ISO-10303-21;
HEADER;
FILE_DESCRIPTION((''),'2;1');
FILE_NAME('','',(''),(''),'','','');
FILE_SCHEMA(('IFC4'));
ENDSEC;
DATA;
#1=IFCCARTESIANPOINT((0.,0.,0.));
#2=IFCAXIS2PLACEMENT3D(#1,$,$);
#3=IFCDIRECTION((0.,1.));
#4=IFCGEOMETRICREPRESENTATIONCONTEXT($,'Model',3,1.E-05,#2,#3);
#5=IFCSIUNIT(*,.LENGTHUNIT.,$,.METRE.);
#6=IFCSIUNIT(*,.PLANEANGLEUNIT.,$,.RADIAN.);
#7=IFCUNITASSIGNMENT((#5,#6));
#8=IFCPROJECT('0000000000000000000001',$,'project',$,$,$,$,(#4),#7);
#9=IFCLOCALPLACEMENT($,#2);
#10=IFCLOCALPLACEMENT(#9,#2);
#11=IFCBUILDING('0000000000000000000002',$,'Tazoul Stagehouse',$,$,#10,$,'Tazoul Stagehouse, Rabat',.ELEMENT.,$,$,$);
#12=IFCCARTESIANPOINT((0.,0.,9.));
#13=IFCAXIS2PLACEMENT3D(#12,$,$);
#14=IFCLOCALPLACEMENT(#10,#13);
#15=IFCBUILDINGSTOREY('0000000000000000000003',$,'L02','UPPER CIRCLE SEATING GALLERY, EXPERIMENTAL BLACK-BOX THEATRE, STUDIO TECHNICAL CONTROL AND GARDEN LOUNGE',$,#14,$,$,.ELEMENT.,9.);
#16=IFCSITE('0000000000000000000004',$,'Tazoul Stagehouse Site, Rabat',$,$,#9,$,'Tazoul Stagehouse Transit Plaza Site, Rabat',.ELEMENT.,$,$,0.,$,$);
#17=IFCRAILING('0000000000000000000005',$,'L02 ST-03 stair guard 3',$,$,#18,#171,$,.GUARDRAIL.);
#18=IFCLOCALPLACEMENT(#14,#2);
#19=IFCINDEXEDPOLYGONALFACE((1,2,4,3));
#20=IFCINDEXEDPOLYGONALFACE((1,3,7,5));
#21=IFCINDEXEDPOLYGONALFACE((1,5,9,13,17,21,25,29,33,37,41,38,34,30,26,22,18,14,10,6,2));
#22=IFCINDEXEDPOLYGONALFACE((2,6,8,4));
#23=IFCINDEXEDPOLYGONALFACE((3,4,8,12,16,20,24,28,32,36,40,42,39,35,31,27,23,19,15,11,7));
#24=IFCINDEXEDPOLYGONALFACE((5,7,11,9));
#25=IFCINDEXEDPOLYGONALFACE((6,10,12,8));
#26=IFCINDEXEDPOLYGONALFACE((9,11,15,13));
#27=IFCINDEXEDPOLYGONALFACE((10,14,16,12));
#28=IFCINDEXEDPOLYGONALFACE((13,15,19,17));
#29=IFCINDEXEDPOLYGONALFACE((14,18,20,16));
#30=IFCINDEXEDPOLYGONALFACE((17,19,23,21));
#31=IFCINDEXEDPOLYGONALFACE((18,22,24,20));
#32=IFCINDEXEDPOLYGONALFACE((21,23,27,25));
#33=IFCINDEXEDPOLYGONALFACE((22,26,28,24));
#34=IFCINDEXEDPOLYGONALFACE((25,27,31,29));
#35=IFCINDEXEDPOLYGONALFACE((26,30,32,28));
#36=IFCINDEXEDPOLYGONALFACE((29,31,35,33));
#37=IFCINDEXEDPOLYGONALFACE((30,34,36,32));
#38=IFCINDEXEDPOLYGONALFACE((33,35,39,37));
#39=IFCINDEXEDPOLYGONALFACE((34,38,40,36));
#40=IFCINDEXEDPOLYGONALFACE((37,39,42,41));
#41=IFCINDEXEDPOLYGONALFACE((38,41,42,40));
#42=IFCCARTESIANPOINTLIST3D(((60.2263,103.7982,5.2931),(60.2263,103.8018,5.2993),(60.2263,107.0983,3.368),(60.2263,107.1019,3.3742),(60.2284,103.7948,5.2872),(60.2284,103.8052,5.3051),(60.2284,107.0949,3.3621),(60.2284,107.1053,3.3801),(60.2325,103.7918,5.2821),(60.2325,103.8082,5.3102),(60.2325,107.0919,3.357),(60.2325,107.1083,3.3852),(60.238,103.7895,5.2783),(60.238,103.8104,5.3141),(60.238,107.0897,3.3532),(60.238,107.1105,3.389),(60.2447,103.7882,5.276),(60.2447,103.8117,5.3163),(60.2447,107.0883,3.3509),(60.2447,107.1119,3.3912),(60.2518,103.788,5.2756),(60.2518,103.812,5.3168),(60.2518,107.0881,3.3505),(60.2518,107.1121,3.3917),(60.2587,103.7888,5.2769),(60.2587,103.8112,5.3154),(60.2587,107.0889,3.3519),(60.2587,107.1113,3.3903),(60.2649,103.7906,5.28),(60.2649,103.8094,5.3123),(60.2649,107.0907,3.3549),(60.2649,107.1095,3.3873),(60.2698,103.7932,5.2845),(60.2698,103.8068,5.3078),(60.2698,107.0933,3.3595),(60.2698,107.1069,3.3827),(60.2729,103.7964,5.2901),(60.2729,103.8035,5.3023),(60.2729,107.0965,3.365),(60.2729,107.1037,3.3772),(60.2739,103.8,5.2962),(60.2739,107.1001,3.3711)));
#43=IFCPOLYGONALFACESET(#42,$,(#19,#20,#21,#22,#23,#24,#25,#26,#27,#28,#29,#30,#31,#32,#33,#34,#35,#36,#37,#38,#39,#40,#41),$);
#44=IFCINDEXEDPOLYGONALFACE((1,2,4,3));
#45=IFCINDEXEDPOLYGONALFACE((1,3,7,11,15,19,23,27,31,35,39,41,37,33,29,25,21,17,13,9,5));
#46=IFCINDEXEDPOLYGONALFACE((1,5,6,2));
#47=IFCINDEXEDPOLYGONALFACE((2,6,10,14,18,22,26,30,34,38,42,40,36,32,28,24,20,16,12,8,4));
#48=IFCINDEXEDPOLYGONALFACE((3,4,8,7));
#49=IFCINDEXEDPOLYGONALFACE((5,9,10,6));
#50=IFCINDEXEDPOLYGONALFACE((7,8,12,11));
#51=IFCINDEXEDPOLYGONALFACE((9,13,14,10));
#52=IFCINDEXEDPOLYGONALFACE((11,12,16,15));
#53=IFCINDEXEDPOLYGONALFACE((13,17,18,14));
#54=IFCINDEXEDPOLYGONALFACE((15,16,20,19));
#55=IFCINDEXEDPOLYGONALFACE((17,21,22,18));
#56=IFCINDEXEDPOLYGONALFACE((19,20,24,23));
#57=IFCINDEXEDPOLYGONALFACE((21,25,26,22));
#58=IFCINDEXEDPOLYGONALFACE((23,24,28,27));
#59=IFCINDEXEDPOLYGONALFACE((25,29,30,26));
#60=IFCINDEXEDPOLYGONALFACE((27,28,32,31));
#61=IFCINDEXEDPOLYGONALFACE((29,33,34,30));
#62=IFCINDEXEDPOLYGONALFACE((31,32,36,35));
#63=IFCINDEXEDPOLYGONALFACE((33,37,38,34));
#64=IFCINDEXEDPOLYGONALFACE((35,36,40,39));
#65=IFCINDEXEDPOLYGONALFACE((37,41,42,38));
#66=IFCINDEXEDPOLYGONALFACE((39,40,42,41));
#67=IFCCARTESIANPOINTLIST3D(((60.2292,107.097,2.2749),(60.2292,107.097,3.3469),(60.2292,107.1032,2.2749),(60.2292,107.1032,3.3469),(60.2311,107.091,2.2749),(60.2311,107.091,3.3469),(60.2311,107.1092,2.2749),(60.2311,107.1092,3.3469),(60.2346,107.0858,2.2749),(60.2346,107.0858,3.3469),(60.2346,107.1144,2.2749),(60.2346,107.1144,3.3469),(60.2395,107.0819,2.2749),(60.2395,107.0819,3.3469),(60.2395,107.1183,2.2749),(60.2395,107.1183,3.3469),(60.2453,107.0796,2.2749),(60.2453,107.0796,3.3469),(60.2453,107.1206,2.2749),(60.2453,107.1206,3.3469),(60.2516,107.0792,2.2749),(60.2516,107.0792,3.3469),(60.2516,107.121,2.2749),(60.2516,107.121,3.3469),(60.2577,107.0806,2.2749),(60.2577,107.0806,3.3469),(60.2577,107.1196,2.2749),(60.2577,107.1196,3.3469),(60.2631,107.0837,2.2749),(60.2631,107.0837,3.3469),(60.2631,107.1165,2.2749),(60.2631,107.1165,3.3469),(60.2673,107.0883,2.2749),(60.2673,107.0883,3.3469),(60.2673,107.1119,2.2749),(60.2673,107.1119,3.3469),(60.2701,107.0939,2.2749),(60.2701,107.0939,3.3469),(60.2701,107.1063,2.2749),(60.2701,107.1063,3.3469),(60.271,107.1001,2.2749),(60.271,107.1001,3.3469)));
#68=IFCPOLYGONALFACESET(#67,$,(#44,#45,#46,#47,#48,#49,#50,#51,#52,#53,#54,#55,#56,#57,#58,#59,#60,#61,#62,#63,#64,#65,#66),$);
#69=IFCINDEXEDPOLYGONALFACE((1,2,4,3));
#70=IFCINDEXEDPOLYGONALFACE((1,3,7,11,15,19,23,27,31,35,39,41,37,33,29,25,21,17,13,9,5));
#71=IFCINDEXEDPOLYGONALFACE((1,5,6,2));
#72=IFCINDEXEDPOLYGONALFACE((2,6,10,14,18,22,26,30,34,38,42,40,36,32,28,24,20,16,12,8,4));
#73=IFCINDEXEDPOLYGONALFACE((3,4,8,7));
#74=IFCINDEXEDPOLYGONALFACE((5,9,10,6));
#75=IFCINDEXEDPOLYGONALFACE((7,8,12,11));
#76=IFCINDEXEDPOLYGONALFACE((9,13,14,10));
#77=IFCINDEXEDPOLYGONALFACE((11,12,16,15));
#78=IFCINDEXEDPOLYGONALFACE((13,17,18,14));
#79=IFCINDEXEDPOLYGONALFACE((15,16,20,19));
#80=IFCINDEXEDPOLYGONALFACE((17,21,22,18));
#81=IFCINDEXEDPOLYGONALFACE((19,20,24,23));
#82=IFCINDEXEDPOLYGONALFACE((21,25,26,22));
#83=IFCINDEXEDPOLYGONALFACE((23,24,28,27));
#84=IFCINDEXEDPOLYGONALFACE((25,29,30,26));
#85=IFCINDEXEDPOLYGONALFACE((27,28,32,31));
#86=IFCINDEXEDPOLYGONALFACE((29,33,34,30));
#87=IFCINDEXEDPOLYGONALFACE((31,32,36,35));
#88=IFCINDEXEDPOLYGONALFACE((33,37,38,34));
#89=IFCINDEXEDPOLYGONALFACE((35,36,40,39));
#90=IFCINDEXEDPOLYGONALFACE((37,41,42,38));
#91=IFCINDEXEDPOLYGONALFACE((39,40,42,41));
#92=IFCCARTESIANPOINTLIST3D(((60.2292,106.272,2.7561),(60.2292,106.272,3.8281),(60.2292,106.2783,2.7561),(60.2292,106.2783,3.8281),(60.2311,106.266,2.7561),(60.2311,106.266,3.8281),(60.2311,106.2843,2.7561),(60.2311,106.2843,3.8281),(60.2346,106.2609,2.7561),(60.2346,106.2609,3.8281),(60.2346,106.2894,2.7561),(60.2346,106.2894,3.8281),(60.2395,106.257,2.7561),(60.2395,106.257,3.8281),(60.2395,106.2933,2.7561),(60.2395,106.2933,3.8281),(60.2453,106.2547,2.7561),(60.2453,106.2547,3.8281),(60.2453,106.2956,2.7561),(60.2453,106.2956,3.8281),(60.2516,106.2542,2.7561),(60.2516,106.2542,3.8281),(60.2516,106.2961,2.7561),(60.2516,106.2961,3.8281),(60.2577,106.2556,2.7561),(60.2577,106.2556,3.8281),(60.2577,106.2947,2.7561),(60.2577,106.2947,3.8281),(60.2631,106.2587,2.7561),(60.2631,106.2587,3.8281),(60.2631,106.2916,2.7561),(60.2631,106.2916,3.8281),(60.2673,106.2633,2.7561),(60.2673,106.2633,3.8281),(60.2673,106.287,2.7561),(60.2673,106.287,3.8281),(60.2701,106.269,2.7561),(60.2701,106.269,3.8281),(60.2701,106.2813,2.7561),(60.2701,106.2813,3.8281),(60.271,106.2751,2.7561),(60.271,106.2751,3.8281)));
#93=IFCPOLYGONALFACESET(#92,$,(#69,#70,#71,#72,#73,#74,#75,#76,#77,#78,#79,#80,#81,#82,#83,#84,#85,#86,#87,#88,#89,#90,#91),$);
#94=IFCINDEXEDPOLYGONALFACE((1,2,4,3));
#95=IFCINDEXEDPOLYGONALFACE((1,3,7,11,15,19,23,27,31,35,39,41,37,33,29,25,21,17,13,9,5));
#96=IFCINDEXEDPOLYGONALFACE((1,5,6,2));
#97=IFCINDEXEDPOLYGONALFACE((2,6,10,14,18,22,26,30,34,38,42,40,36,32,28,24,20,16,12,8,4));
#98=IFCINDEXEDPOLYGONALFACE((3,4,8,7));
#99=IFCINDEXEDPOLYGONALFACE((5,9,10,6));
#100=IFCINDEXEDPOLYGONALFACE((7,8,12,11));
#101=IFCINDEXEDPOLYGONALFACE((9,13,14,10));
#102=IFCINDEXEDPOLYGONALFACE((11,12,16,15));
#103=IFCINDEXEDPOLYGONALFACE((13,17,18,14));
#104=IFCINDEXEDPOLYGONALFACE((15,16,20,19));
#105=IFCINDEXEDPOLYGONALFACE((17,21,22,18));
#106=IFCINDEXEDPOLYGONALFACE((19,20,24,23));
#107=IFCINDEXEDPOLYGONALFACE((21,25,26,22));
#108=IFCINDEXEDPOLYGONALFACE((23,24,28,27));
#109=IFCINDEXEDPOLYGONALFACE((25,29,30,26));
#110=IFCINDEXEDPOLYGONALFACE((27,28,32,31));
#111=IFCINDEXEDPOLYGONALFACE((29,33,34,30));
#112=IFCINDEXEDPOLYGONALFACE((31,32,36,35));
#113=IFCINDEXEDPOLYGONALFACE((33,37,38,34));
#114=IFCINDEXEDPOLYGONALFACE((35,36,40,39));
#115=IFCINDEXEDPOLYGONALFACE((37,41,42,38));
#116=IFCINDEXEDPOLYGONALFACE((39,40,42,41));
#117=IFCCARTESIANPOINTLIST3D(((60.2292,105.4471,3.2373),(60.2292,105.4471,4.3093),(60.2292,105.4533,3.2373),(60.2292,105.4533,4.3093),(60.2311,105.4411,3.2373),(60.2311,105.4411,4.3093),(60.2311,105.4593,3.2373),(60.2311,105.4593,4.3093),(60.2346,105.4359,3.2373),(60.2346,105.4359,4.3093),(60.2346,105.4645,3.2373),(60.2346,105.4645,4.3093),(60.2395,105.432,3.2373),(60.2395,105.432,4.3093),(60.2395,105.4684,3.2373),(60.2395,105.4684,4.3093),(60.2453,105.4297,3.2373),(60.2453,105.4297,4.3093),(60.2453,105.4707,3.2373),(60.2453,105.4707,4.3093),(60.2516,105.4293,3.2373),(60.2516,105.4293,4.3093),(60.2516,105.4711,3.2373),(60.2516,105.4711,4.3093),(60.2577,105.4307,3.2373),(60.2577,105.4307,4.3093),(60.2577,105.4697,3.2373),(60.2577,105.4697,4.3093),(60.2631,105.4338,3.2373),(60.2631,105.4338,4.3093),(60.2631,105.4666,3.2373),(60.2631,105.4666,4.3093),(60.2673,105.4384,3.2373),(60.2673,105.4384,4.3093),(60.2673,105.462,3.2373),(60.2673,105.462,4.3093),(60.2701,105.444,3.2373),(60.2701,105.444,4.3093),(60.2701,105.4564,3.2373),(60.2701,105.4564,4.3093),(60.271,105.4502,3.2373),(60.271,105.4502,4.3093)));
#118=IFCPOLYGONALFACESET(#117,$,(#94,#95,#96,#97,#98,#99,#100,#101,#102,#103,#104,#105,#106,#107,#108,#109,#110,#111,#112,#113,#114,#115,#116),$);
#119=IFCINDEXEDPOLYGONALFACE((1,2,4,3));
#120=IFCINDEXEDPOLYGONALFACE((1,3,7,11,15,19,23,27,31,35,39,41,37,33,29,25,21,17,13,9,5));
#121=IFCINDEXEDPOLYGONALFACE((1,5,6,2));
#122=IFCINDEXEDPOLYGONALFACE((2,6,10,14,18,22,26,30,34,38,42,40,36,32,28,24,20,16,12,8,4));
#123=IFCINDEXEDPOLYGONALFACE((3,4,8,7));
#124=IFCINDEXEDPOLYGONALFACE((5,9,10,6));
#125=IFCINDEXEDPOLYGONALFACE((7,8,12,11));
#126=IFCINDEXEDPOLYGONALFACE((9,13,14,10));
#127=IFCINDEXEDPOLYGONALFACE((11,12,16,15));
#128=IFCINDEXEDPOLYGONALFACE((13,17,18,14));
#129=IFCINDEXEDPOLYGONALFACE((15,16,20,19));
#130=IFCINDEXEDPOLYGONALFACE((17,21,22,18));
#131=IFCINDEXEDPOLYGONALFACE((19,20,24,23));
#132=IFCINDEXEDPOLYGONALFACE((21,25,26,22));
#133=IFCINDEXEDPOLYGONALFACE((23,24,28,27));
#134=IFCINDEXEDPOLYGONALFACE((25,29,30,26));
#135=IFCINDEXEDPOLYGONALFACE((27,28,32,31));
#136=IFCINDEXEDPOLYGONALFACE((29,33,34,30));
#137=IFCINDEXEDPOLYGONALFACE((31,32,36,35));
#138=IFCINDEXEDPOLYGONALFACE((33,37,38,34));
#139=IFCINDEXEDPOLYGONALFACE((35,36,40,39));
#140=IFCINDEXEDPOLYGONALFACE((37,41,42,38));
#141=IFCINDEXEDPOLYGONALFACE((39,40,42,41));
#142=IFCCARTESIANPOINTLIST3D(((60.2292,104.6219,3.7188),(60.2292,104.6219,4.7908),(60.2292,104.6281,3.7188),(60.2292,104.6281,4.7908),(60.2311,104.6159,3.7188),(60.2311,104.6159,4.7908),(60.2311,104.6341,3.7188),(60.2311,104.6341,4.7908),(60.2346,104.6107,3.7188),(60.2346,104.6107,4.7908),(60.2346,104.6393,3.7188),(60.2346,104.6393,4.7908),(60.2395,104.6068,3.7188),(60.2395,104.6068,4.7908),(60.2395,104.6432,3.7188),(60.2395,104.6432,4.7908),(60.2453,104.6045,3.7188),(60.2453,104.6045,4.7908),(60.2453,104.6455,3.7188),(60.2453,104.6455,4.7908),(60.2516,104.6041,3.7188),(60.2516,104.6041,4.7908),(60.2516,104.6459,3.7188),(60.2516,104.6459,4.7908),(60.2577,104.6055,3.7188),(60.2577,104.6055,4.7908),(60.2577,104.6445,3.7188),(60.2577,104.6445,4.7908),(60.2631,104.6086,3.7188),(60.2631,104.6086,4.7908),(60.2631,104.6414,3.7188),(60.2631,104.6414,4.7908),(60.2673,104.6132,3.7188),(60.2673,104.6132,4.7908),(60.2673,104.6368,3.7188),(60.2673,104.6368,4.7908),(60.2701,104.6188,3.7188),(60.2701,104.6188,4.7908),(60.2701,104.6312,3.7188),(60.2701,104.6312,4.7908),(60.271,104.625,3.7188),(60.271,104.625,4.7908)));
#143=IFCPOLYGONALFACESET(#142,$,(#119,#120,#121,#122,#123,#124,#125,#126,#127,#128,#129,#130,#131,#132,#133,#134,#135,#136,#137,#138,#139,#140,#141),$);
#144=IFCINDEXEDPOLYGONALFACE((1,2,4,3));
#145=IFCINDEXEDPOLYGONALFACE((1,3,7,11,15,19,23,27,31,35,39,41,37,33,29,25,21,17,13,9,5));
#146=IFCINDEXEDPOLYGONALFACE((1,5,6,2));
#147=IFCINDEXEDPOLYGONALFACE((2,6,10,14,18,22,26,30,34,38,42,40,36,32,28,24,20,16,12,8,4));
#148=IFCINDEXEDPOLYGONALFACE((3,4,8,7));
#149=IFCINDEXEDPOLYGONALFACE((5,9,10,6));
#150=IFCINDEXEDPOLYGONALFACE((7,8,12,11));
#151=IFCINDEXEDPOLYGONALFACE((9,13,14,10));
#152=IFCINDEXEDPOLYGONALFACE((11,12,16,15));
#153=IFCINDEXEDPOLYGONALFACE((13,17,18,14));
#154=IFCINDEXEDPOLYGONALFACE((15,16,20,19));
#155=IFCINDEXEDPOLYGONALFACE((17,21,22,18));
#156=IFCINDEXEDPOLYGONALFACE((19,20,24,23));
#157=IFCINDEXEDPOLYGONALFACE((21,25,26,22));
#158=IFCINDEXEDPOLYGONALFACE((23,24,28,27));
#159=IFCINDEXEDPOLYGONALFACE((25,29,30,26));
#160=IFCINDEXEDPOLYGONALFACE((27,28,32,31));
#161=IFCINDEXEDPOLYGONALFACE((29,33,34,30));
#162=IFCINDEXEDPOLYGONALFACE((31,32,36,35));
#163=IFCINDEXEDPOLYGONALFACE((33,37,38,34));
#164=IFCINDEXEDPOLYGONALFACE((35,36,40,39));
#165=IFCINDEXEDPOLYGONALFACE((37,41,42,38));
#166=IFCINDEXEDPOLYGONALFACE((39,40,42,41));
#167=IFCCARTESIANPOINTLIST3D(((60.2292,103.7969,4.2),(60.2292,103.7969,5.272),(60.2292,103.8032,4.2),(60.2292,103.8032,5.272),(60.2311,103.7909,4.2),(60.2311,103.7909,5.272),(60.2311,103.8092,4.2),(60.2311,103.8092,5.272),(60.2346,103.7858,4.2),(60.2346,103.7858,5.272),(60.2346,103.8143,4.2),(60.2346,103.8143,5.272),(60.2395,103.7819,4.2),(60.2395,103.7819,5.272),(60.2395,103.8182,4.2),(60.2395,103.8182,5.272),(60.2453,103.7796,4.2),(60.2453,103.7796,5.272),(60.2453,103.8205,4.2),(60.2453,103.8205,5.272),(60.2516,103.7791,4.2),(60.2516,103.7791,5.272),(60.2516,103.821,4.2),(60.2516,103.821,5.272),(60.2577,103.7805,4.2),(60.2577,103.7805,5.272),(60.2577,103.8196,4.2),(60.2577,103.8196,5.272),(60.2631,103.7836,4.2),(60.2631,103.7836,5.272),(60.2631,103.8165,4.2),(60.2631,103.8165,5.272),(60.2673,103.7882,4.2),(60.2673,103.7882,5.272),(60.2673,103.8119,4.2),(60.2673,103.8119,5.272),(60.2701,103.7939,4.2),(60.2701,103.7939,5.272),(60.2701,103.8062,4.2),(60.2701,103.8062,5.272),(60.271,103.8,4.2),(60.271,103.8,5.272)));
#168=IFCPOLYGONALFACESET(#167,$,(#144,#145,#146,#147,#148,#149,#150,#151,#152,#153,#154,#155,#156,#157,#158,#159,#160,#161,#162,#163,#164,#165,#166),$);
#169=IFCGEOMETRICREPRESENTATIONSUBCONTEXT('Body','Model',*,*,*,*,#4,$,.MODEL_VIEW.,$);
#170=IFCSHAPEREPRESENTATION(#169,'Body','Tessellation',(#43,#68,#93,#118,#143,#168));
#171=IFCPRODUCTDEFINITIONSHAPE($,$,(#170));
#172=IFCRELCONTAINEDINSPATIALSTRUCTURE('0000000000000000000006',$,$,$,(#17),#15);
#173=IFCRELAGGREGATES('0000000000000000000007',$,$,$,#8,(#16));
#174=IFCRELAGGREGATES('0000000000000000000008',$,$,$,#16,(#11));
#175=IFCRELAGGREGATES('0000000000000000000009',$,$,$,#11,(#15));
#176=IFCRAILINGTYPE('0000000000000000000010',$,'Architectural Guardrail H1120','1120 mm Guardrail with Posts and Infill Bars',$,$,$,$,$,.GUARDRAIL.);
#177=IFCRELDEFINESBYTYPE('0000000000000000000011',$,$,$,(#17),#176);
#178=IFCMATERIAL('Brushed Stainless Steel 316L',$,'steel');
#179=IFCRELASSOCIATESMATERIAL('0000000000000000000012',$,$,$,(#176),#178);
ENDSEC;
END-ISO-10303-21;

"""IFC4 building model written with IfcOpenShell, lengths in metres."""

from ifc_helpers import new_model, si_unit, direction, frame, origin, origin_2d, place, context, subcontext, project, spatial, circle, extrude, material, material_profile, profile_set, type_object, element, save


model = new_model("IFC4")

# Units and contexts
model_context = context("Model", 3, precision=1e-05, world=origin(), true_north=direction((0.0, 1.0)))
body_context = subcontext(model_context, "Body", "Model", "MODEL_VIEW")
ifc_project = project(units=[si_unit("LENGTHUNIT", "METRE"), si_unit("PLANEANGLEUNIT", "RADIAN")], contexts=[model_context])

# Site, building, storey
site_placement = place(None, origin())
site = spatial("IfcSite", under=ifc_project, at=site_placement, Name="Tazoul Stagehouse Site, Rabat", LongName="Tazoul Stagehouse Transit Plaza Site, Rabat", CompositionType="ELEMENT", RefElevation=0.0)
building_placement = place(site_placement, origin())
building = spatial("IfcBuilding", under=site, at=building_placement, Name="Tazoul Stagehouse", LongName="Tazoul Stagehouse, Rabat", CompositionType="ELEMENT")
storey_placement = place(building_placement, frame((0.0, 0.0, 9.0)))
storey = spatial("IfcBuildingStorey", under=building, at=storey_placement, Name="L02", Description="UPPER CIRCLE SEATING GALLERY, EXPERIMENTAL BLACK-BOX THEATRE, STUDIO TECHNICAL CONTROL AND GARDEN LOUNGE", CompositionType="ELEMENT", Elevation=9.0)

# Railing
ifc_material_1 = material(Name="Brushed Stainless Steel 316L", Category="steel")
ifc_material_profile_1 = material_profile(ifc_material_1, circle(Radius=0.0239, at=origin_2d()), Name="SS RAIL D48")
ifc_profile_set_1 = profile_set([ifc_material_profile_1], Name="Brushed Stainless Steel 316L")
railing_type_1 = type_object("IfcRailingType", Name="Architectural Guardrail H1120", Description="1120 mm Guardrail with Posts and Infill Bars", PredefinedType="GUARDRAIL", material=ifc_profile_set_1)
railing_1_placement = place(storey_placement, frame((60.25, 107.1001, 2.2749)))
element("IfcRailing", 1, at=railing_1_placement, inside=storey, type_object=railing_type_1, Name="L02 ST-03 stair guard 3", PredefinedType="GUARDRAIL", context=body_context, shape_type="SweptSolid", body=[
    extrude(circle(Radius=0.0239, at=origin_2d()), frame((0.0, 0.0, 1.0962), z_axis=(0.0, -0.863777, 0.503875), x_axis=(1.0, 0.0, 0.0)), (0.0, 0.0, 1.0), 3.8206),
    extrude(circle(Radius=0.021, at=origin_2d()), origin(), (0.0, 0.0, 1.0), 1.072),
    extrude(circle(Radius=0.021, at=origin_2d()), frame((0.0, -0.825, 0.4812)), (0.0, 0.0, 1.0), 1.072),
    extrude(circle(Radius=0.021, at=origin_2d()), frame((0.0, -1.6499, 0.9624)), (0.0, 0.0, 1.0), 1.072),
    extrude(circle(Radius=0.021, at=origin_2d()), frame((0.0, -2.4751, 1.4438)), (0.0, 0.0, 1.0), 1.072),
    extrude(circle(Radius=0.021, at=origin_2d()), frame((0.0, -3.3, 1.925)), (0.0, 0.0, 1.0), 1.072),
])

save(model, "model.ifc")
